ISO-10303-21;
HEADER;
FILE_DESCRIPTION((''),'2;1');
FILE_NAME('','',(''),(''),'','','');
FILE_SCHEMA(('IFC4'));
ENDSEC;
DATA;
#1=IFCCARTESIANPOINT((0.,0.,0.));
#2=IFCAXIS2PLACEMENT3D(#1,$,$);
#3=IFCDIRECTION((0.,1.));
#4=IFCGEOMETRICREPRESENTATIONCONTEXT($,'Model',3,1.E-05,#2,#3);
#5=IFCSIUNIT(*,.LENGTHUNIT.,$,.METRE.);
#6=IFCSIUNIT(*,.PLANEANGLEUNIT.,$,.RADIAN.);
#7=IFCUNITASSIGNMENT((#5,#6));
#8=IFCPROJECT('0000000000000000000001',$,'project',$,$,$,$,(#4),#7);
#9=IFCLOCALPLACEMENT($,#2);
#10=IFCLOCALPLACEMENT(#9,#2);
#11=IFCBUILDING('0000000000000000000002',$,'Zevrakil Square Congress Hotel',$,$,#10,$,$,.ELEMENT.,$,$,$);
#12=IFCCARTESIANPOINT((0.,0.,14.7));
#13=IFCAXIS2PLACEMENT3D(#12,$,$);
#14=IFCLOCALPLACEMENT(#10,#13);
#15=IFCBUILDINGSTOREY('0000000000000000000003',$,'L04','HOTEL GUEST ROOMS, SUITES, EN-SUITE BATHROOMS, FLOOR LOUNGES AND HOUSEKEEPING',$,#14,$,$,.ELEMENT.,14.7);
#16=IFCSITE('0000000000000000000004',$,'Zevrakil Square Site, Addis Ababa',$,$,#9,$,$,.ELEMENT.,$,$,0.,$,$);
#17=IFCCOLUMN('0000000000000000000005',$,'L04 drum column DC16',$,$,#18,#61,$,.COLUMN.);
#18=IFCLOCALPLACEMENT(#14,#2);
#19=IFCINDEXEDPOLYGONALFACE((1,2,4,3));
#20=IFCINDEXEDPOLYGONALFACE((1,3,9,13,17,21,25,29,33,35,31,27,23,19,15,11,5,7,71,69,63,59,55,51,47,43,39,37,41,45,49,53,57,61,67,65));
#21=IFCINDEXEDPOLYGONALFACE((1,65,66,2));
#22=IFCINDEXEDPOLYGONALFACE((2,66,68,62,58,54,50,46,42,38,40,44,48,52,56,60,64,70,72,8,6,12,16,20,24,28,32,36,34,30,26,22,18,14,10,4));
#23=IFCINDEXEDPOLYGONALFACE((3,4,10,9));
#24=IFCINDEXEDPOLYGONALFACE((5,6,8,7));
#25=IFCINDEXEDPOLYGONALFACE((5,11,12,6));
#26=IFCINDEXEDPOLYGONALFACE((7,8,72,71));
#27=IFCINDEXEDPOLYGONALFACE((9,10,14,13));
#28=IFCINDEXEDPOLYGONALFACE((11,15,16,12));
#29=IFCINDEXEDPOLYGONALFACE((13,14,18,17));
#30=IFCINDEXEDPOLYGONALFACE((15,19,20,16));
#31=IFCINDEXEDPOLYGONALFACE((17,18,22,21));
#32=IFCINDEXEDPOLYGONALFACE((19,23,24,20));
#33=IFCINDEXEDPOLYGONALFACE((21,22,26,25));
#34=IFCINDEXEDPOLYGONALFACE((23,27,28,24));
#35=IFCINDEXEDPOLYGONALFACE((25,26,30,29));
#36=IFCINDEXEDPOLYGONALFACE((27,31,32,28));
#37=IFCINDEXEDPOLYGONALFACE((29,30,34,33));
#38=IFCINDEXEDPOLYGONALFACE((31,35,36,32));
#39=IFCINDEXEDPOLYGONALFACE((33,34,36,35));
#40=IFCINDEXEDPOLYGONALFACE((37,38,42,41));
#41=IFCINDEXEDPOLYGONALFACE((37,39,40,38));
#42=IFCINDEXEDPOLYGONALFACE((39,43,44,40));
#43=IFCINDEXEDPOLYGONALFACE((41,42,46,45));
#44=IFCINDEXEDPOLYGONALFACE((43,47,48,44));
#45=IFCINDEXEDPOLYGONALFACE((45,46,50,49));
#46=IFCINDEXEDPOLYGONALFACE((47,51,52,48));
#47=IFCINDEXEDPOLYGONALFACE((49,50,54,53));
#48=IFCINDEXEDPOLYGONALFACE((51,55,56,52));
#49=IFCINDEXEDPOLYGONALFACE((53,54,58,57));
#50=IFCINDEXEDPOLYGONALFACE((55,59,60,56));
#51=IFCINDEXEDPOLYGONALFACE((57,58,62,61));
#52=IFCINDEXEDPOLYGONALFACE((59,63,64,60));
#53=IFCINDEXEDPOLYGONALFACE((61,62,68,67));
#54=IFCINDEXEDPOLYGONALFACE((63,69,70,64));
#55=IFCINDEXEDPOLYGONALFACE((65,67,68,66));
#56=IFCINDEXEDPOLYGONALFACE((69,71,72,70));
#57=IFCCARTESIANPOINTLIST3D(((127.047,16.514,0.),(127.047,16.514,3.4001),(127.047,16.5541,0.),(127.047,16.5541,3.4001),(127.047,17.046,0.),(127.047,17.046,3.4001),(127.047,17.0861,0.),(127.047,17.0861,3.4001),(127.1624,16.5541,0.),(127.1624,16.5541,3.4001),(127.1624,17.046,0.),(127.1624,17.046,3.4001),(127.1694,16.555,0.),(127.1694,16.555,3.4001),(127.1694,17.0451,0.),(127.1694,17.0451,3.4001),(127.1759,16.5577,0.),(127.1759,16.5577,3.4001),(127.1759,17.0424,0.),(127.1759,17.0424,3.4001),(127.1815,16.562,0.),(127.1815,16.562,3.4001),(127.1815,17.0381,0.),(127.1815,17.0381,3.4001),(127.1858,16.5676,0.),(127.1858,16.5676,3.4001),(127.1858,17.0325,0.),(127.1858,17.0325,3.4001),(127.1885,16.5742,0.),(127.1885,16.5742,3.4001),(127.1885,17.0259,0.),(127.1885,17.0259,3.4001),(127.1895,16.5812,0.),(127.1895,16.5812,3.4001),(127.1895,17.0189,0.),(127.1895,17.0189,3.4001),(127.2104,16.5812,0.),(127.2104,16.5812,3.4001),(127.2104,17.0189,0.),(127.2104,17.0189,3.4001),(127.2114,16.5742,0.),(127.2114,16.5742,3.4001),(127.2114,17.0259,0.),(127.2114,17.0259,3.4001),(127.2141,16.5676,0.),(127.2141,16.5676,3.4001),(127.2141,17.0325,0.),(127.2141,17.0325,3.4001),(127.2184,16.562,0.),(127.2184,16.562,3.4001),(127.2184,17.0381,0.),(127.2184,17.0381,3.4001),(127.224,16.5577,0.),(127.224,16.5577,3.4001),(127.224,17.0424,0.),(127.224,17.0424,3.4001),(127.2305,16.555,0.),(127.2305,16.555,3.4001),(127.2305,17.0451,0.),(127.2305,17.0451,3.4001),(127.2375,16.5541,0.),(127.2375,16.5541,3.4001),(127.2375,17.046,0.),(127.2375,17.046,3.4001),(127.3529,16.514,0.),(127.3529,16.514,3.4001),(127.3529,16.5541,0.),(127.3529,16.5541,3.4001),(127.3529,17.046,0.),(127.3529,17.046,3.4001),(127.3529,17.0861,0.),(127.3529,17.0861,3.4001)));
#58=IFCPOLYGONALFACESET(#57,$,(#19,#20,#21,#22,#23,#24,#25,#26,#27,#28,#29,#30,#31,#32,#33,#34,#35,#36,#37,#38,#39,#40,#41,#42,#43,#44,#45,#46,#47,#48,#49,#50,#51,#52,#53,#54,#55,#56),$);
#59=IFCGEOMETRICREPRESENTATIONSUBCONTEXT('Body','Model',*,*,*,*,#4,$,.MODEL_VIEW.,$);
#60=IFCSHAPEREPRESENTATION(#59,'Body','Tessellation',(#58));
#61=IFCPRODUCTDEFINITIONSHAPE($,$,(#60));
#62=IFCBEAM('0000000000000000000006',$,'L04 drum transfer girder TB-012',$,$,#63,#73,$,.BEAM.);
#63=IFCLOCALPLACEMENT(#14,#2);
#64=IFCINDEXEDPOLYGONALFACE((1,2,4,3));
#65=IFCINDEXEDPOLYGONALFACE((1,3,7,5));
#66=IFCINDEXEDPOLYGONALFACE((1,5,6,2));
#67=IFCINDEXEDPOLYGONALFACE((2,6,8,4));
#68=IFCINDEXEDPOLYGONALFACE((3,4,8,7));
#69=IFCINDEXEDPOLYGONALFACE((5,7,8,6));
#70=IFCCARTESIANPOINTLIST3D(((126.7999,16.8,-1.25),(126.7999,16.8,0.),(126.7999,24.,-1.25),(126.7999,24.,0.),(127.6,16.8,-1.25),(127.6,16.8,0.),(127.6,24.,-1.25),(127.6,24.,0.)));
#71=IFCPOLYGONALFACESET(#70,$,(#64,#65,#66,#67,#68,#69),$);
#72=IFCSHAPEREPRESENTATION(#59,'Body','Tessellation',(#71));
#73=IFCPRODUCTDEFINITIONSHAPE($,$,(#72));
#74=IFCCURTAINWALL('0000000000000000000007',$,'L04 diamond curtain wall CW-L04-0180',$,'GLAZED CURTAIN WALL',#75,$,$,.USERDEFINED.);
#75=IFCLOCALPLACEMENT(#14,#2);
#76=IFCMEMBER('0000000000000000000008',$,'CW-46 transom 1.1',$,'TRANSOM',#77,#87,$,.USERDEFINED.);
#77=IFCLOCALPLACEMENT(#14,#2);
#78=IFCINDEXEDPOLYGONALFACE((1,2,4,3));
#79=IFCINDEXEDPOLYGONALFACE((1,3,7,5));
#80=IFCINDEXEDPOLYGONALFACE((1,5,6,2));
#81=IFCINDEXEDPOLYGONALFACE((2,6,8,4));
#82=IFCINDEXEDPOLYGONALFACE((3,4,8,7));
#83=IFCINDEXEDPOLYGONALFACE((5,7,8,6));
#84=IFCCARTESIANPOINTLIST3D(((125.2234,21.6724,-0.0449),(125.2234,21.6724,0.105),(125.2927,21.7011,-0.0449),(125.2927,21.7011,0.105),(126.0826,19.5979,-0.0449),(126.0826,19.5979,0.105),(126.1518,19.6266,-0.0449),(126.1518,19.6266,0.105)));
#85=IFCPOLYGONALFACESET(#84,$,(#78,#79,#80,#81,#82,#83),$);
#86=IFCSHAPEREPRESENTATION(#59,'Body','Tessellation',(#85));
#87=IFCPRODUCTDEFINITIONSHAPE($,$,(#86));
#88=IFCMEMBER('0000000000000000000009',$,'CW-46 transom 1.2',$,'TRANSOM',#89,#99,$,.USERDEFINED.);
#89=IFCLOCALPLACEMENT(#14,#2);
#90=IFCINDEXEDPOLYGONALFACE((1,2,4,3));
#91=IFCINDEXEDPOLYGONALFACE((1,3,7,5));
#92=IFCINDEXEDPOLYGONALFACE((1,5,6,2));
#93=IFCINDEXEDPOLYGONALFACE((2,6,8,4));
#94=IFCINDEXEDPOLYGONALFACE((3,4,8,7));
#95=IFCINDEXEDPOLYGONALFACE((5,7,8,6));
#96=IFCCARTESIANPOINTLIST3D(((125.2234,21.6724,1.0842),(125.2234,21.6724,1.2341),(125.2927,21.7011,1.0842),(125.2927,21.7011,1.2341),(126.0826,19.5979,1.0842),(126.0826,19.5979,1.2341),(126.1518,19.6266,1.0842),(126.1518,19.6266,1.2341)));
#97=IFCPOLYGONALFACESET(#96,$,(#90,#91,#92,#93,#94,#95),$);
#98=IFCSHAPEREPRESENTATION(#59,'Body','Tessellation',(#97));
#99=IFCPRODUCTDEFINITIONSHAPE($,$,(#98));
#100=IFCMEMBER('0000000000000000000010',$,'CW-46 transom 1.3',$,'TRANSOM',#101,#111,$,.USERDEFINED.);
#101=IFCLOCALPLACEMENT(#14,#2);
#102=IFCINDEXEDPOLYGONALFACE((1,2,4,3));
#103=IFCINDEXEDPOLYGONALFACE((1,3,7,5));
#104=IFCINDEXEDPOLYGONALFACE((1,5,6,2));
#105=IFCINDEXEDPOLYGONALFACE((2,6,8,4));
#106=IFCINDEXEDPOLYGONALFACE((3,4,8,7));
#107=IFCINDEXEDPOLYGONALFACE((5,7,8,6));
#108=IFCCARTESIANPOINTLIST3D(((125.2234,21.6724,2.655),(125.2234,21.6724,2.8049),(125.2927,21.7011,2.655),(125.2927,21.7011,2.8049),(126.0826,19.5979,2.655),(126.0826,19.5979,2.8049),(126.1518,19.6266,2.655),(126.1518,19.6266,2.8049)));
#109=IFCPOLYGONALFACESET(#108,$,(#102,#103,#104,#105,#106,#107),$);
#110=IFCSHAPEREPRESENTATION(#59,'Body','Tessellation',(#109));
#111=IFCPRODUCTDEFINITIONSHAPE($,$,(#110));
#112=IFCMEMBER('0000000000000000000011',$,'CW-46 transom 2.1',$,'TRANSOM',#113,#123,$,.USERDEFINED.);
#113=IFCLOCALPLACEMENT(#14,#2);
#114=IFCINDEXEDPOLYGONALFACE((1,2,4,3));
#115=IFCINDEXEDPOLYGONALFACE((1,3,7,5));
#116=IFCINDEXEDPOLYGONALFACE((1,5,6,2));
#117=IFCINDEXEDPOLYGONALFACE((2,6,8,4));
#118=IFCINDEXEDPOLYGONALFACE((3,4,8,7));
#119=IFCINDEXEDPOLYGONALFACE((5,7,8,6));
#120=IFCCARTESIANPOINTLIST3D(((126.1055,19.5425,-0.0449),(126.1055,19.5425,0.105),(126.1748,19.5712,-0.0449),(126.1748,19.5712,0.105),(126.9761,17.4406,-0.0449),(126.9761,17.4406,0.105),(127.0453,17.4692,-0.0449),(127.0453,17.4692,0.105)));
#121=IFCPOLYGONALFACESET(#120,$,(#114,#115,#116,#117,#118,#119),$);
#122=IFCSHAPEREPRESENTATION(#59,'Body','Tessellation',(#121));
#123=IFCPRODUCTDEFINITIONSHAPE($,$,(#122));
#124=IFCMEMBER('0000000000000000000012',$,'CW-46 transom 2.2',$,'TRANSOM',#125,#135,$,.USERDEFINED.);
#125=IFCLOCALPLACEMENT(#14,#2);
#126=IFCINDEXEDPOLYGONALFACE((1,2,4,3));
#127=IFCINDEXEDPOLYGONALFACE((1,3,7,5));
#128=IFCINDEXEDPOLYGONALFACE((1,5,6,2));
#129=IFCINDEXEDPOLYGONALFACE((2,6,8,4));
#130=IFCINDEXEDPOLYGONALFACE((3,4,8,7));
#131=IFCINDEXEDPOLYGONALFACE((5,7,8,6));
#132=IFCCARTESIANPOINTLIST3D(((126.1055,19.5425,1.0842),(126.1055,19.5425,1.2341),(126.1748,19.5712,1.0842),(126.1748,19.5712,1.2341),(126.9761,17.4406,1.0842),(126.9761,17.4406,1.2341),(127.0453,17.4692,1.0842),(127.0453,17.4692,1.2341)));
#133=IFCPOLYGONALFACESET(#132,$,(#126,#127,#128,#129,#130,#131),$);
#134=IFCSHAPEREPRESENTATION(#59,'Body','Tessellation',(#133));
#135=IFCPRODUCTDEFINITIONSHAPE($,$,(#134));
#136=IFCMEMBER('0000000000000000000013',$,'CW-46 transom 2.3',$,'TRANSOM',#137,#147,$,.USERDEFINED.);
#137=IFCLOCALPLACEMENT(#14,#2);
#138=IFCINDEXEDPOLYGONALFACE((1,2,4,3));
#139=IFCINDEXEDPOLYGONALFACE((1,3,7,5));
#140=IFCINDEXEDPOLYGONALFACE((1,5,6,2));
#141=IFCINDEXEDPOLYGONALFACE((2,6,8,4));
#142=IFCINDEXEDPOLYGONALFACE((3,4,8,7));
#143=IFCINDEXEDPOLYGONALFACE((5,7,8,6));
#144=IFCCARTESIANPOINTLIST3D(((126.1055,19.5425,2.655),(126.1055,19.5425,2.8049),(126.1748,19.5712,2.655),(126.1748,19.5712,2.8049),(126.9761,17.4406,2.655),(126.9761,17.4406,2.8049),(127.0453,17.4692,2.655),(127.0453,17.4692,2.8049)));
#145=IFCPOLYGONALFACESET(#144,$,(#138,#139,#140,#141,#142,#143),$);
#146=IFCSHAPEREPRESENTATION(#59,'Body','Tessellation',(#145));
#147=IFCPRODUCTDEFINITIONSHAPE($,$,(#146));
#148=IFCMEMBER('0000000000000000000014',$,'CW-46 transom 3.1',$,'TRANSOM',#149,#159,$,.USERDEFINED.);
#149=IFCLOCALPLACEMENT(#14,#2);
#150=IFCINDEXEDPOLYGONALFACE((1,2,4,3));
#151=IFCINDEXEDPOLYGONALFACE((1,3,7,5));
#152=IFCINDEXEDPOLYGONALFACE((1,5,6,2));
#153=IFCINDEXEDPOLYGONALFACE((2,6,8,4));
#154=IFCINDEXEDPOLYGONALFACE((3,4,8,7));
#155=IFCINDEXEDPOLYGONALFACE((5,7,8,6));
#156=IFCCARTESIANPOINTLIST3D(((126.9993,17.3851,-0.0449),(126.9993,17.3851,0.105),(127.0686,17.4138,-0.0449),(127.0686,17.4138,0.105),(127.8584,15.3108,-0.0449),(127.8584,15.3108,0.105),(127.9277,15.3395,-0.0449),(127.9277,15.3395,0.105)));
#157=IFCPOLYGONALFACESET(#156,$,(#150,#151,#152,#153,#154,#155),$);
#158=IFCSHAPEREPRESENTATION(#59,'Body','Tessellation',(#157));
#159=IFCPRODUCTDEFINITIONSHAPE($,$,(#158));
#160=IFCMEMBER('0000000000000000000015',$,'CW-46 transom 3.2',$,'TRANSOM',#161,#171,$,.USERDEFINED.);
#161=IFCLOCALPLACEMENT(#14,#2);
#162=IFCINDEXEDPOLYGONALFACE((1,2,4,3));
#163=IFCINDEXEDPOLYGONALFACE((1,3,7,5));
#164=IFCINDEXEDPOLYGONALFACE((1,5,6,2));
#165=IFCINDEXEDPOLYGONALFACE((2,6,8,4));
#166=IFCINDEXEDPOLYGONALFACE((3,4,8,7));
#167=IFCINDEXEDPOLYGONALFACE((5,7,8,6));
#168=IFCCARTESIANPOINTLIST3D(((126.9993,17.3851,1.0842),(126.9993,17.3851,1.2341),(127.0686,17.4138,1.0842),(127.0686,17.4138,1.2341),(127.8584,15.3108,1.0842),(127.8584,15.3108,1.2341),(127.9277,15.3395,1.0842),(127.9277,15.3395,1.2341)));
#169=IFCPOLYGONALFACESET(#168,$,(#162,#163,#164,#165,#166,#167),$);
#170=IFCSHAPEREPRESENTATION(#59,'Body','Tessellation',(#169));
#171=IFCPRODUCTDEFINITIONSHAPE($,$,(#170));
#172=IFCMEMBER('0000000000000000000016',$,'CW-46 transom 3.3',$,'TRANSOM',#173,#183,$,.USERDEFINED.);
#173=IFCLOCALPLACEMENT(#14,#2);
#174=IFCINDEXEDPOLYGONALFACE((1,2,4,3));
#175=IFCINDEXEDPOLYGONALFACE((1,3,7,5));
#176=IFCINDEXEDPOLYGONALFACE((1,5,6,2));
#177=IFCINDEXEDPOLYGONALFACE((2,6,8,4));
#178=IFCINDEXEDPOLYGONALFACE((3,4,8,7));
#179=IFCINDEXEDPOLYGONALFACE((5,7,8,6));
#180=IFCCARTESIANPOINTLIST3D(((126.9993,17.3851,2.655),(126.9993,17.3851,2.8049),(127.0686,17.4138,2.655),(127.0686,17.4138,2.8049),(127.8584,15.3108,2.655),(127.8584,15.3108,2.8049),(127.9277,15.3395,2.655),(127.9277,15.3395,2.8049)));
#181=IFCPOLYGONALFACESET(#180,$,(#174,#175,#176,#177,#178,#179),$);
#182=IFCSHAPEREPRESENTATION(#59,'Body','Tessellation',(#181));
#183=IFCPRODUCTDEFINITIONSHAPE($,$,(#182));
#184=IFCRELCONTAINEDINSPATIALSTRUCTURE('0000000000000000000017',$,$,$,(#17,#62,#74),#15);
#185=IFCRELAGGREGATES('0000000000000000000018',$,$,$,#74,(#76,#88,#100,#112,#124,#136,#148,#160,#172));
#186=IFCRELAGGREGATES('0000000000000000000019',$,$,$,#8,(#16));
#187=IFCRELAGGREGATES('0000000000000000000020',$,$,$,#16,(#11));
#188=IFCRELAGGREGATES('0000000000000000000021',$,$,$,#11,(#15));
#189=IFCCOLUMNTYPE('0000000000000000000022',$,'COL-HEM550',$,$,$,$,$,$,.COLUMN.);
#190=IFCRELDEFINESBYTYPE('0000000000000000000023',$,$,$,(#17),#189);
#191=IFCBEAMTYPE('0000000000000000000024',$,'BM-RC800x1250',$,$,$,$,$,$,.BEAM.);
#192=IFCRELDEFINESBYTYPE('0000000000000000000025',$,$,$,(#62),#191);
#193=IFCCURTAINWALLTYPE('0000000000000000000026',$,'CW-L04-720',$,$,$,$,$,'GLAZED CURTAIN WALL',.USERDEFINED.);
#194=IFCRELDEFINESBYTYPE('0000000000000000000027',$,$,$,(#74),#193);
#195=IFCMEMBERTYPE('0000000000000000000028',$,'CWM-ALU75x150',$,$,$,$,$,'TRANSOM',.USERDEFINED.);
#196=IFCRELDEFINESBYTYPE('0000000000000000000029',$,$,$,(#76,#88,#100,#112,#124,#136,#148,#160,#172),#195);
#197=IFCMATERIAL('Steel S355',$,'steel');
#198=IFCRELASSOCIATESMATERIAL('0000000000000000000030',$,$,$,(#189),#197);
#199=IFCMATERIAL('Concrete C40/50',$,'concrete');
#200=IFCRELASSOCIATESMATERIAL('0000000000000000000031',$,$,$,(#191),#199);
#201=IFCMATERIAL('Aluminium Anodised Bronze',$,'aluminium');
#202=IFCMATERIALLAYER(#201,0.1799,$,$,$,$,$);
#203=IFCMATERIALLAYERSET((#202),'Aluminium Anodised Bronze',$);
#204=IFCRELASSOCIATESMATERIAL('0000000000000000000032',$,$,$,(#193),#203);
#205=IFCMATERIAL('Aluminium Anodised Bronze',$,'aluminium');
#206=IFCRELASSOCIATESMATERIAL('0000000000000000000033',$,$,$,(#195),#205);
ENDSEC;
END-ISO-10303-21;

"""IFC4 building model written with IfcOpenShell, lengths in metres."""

from ifc_helpers import new_model, si_unit, direction, frame, origin, origin_2d, place, context, subcontext, project, spatial, rectangle, i_section, extrude, material, layer, layer_set, material_profile, profile_set, type_object, element, aggregate, save


model = new_model("IFC4")

# Units and contexts
model_context = context("Model", 3, precision=1e-05, world=origin(), true_north=direction((0.0, 1.0)))
body_context = subcontext(model_context, "Body", "Model", "MODEL_VIEW")
ifc_project = project(units=[si_unit("LENGTHUNIT", "METRE"), si_unit("PLANEANGLEUNIT", "RADIAN")], contexts=[model_context])

# Site, building, storey
site_placement = place(None, origin())
site = spatial("IfcSite", under=ifc_project, at=site_placement, Name="Zevrakil Square Site, Addis Ababa", CompositionType="ELEMENT", RefElevation=0.0)
building_placement = place(site_placement, origin())
building = spatial("IfcBuilding", under=site, at=building_placement, Name="Zevrakil Square Congress Hotel", CompositionType="ELEMENT")
storey_placement = place(building_placement, frame((0.0, 0.0, 14.7)))
storey = spatial("IfcBuildingStorey", under=building, at=storey_placement, Name="L04", Description="HOTEL GUEST ROOMS, SUITES, EN-SUITE BATHROOMS, FLOOR LOUNGES AND HOUSEKEEPING", CompositionType="ELEMENT", Elevation=14.7)

# Column
ifc_material_1 = material(Name="Steel S355", Category="steel")
ifc_material_profile_1 = material_profile(ifc_material_1, i_section(OverallWidth=0.3059, OverallDepth=0.572, WebThickness=0.021, FlangeThickness=0.04, FilletRadius=0.0271, at=origin_2d()), Name="HEM 550")
ifc_profile_set_1 = profile_set([ifc_material_profile_1], Name="Steel S355")
column_type = type_object("IfcColumnType", Name="COL-HEM550", PredefinedType="COLUMN", material=ifc_profile_set_1)
column_placement = place(storey_placement, frame((127.2, 16.8, 0.0), z_axis=(0.0, 0.0, 1.0), x_axis=(1.0, 0.0, 0.0)))
element("IfcColumn", 1, at=column_placement, inside=storey, type_object=column_type, Name="L04 drum column DC16", PredefinedType="COLUMN", context=body_context, shape_type="SweptSolid", body=[
    extrude(i_section(OverallWidth=0.3059, OverallDepth=0.572, WebThickness=0.021, FlangeThickness=0.04, FilletRadius=0.0271, at=origin_2d()), origin(), (0.0, 0.0, 1.0), 3.4001),
])

# Beam
ifc_material_2 = material(Name="Concrete C40/50", Category="concrete")
ifc_material_profile_2 = material_profile(ifc_material_2, rectangle(XDim=0.8, YDim=1.25, at=origin_2d()), Name="RC 800x1250")
ifc_profile_set_2 = profile_set([ifc_material_profile_2], Name="Concrete C40/50")
beam_type = type_object("IfcBeamType", Name="BM-RC800x1250", PredefinedType="BEAM", material=ifc_profile_set_2)
beam_placement = place(storey_placement, frame((127.2, 16.8, -0.625), z_axis=(0.0, 1.0, 0.0), x_axis=(-1.0, 0.0, 0.0)))
element("IfcBeam", 2, at=beam_placement, inside=storey, type_object=beam_type, Name="L04 drum transfer girder TB-012", PredefinedType="BEAM", context=body_context, shape_type="SweptSolid", body=[
    extrude(rectangle(XDim=0.8, YDim=1.25, at=origin_2d()), origin(), (0.0, 0.0, 1.0), 7.2),
])

# Curtain wall, members
ifc_material_3 = material(Name="Aluminium Anodised Bronze", Category="aluminium")
ifc_layer_1 = layer(ifc_material_3, 0.1799)
ifc_layer_set_1 = layer_set([ifc_layer_1], Name="Aluminium Anodised Bronze")
curtain_wall_type = type_object("IfcCurtainWallType", Name="CW-L04-720", ElementType="GLAZED CURTAIN WALL", PredefinedType="USERDEFINED", material=ifc_layer_set_1)
curtain_wall_placement = place(storey_placement, origin())
curtain_wall = element("IfcCurtainWall", 3, at=curtain_wall_placement, inside=storey, type_object=curtain_wall_type, Name="L04 diamond curtain wall CW-L04-0180", ObjectType="GLAZED CURTAIN WALL", PredefinedType="USERDEFINED")
ifc_material_4 = material(Name="Aluminium Anodised Bronze", Category="aluminium")
ifc_material_profile_3 = material_profile(ifc_material_4, rectangle(XDim=0.075, YDim=0.1499, at=origin_2d()), Name="ALU 75x150")
ifc_profile_set_3 = profile_set([ifc_material_profile_3], Name="Aluminium Anodised Bronze")
member_type_1 = type_object("IfcMemberType", Name="CWM-ALU75x150", ElementType="TRANSOM", PredefinedType="USERDEFINED", material=ifc_profile_set_3)
member_1_placement = place(storey_placement, frame((125.2581, 21.6868, 0.03), z_axis=(0.38263, -0.923902, 0.0), x_axis=(0.923902, 0.38263, 0.0)))
member_1 = element("IfcMember", 4, at=member_1_placement, type_object=member_type_1, Name="CW-46 transom 1.1", ObjectType="TRANSOM", PredefinedType="USERDEFINED", context=body_context, shape_type="SweptSolid", body=[
    extrude(rectangle(XDim=0.075, YDim=0.1499, at=origin_2d()), origin(), (0.0, 0.0, 1.0), 2.2454),
])
member_2_placement = place(storey_placement, frame((125.2581, 21.6868, 1.1592), z_axis=(0.38263, -0.923902, 0.0), x_axis=(0.923902, 0.38263, 0.0)))
member_2 = element("IfcMember", 5, at=member_2_placement, type_object=member_type_1, Name="CW-46 transom 1.2", ObjectType="TRANSOM", PredefinedType="USERDEFINED", context=body_context, shape_type="SweptSolid", body=[
    extrude(rectangle(XDim=0.075, YDim=0.1499, at=origin_2d()), origin(), (0.0, 0.0, 1.0), 2.2454),
])
member_3_placement = place(storey_placement, frame((125.2581, 21.6868, 2.73), z_axis=(0.38263, -0.923902, 0.0), x_axis=(0.923902, 0.38263, 0.0)))
member_3 = element("IfcMember", 6, at=member_3_placement, type_object=member_type_1, Name="CW-46 transom 1.3", ObjectType="TRANSOM", PredefinedType="USERDEFINED", context=body_context, shape_type="SweptSolid", body=[
    extrude(rectangle(XDim=0.075, YDim=0.1499, at=origin_2d()), origin(), (0.0, 0.0, 1.0), 2.2454),
])
member_4_placement = place(storey_placement, frame((126.1401, 19.5569, 0.03), z_axis=(0.382649, -0.923894, 0.0), x_axis=(0.923894, 0.382649, 0.0)))
member_4 = element("IfcMember", 7, at=member_4_placement, type_object=member_type_1, Name="CW-46 transom 2.1", ObjectType="TRANSOM", PredefinedType="USERDEFINED", context=body_context, shape_type="SweptSolid", body=[
    extrude(rectangle(XDim=0.075, YDim=0.1499, at=origin_2d()), origin(), (0.0, 0.0, 1.0), 2.2751),
])
member_5_placement = place(storey_placement, frame((126.1401, 19.5569, 1.1592), z_axis=(0.382649, -0.923894, 0.0), x_axis=(0.923894, 0.382649, 0.0)))
member_5 = element("IfcMember", 8, at=member_5_placement, type_object=member_type_1, Name="CW-46 transom 2.2", ObjectType="TRANSOM", PredefinedType="USERDEFINED", context=body_context, shape_type="SweptSolid", body=[
    extrude(rectangle(XDim=0.075, YDim=0.1499, at=origin_2d()), origin(), (0.0, 0.0, 1.0), 2.2751),
])
member_6_placement = place(storey_placement, frame((126.1401, 19.5569, 2.73), z_axis=(0.382649, -0.923894, 0.0), x_axis=(0.923894, 0.382649, 0.0)))
member_6 = element("IfcMember", 9, at=member_6_placement, type_object=member_type_1, Name="CW-46 transom 2.3", ObjectType="TRANSOM", PredefinedType="USERDEFINED", context=body_context, shape_type="SweptSolid", body=[
    extrude(rectangle(XDim=0.075, YDim=0.1499, at=origin_2d()), origin(), (0.0, 0.0, 1.0), 2.2751),
])
member_7_placement = place(storey_placement, frame((127.0339, 17.3994, 0.03), z_axis=(0.382669, -0.923886, 0.0), x_axis=(0.923886, 0.382669, 0.0)))
member_7 = element("IfcMember", 10, at=member_7_placement, type_object=member_type_1, Name="CW-46 transom 3.1", ObjectType="TRANSOM", PredefinedType="USERDEFINED", context=body_context, shape_type="SweptSolid", body=[
    extrude(rectangle(XDim=0.075, YDim=0.1499, at=origin_2d()), origin(), (0.0, 0.0, 1.0), 2.2451),
])
member_8_placement = place(storey_placement, frame((127.0339, 17.3994, 1.1592), z_axis=(0.382669, -0.923886, 0.0), x_axis=(0.923886, 0.382669, 0.0)))
member_8 = element("IfcMember", 11, at=member_8_placement, type_object=member_type_1, Name="CW-46 transom 3.2", ObjectType="TRANSOM", PredefinedType="USERDEFINED", context=body_context, shape_type="SweptSolid", body=[
    extrude(rectangle(XDim=0.075, YDim=0.1499, at=origin_2d()), origin(), (0.0, 0.0, 1.0), 2.2451),
])
member_9_placement = place(storey_placement, frame((127.0339, 17.3994, 2.73), z_axis=(0.382669, -0.923886, 0.0), x_axis=(0.923886, 0.382669, 0.0)))
member_9 = element("IfcMember", 12, at=member_9_placement, type_object=member_type_1, Name="CW-46 transom 3.3", ObjectType="TRANSOM", PredefinedType="USERDEFINED", context=body_context, shape_type="SweptSolid", body=[
    extrude(rectangle(XDim=0.075, YDim=0.1499, at=origin_2d()), origin(), (0.0, 0.0, 1.0), 2.2451),
])
aggregate(curtain_wall, [member_1, member_2, member_3, member_4, member_5, member_6, member_7, member_8, member_9])

save(model, "model.ifc")
